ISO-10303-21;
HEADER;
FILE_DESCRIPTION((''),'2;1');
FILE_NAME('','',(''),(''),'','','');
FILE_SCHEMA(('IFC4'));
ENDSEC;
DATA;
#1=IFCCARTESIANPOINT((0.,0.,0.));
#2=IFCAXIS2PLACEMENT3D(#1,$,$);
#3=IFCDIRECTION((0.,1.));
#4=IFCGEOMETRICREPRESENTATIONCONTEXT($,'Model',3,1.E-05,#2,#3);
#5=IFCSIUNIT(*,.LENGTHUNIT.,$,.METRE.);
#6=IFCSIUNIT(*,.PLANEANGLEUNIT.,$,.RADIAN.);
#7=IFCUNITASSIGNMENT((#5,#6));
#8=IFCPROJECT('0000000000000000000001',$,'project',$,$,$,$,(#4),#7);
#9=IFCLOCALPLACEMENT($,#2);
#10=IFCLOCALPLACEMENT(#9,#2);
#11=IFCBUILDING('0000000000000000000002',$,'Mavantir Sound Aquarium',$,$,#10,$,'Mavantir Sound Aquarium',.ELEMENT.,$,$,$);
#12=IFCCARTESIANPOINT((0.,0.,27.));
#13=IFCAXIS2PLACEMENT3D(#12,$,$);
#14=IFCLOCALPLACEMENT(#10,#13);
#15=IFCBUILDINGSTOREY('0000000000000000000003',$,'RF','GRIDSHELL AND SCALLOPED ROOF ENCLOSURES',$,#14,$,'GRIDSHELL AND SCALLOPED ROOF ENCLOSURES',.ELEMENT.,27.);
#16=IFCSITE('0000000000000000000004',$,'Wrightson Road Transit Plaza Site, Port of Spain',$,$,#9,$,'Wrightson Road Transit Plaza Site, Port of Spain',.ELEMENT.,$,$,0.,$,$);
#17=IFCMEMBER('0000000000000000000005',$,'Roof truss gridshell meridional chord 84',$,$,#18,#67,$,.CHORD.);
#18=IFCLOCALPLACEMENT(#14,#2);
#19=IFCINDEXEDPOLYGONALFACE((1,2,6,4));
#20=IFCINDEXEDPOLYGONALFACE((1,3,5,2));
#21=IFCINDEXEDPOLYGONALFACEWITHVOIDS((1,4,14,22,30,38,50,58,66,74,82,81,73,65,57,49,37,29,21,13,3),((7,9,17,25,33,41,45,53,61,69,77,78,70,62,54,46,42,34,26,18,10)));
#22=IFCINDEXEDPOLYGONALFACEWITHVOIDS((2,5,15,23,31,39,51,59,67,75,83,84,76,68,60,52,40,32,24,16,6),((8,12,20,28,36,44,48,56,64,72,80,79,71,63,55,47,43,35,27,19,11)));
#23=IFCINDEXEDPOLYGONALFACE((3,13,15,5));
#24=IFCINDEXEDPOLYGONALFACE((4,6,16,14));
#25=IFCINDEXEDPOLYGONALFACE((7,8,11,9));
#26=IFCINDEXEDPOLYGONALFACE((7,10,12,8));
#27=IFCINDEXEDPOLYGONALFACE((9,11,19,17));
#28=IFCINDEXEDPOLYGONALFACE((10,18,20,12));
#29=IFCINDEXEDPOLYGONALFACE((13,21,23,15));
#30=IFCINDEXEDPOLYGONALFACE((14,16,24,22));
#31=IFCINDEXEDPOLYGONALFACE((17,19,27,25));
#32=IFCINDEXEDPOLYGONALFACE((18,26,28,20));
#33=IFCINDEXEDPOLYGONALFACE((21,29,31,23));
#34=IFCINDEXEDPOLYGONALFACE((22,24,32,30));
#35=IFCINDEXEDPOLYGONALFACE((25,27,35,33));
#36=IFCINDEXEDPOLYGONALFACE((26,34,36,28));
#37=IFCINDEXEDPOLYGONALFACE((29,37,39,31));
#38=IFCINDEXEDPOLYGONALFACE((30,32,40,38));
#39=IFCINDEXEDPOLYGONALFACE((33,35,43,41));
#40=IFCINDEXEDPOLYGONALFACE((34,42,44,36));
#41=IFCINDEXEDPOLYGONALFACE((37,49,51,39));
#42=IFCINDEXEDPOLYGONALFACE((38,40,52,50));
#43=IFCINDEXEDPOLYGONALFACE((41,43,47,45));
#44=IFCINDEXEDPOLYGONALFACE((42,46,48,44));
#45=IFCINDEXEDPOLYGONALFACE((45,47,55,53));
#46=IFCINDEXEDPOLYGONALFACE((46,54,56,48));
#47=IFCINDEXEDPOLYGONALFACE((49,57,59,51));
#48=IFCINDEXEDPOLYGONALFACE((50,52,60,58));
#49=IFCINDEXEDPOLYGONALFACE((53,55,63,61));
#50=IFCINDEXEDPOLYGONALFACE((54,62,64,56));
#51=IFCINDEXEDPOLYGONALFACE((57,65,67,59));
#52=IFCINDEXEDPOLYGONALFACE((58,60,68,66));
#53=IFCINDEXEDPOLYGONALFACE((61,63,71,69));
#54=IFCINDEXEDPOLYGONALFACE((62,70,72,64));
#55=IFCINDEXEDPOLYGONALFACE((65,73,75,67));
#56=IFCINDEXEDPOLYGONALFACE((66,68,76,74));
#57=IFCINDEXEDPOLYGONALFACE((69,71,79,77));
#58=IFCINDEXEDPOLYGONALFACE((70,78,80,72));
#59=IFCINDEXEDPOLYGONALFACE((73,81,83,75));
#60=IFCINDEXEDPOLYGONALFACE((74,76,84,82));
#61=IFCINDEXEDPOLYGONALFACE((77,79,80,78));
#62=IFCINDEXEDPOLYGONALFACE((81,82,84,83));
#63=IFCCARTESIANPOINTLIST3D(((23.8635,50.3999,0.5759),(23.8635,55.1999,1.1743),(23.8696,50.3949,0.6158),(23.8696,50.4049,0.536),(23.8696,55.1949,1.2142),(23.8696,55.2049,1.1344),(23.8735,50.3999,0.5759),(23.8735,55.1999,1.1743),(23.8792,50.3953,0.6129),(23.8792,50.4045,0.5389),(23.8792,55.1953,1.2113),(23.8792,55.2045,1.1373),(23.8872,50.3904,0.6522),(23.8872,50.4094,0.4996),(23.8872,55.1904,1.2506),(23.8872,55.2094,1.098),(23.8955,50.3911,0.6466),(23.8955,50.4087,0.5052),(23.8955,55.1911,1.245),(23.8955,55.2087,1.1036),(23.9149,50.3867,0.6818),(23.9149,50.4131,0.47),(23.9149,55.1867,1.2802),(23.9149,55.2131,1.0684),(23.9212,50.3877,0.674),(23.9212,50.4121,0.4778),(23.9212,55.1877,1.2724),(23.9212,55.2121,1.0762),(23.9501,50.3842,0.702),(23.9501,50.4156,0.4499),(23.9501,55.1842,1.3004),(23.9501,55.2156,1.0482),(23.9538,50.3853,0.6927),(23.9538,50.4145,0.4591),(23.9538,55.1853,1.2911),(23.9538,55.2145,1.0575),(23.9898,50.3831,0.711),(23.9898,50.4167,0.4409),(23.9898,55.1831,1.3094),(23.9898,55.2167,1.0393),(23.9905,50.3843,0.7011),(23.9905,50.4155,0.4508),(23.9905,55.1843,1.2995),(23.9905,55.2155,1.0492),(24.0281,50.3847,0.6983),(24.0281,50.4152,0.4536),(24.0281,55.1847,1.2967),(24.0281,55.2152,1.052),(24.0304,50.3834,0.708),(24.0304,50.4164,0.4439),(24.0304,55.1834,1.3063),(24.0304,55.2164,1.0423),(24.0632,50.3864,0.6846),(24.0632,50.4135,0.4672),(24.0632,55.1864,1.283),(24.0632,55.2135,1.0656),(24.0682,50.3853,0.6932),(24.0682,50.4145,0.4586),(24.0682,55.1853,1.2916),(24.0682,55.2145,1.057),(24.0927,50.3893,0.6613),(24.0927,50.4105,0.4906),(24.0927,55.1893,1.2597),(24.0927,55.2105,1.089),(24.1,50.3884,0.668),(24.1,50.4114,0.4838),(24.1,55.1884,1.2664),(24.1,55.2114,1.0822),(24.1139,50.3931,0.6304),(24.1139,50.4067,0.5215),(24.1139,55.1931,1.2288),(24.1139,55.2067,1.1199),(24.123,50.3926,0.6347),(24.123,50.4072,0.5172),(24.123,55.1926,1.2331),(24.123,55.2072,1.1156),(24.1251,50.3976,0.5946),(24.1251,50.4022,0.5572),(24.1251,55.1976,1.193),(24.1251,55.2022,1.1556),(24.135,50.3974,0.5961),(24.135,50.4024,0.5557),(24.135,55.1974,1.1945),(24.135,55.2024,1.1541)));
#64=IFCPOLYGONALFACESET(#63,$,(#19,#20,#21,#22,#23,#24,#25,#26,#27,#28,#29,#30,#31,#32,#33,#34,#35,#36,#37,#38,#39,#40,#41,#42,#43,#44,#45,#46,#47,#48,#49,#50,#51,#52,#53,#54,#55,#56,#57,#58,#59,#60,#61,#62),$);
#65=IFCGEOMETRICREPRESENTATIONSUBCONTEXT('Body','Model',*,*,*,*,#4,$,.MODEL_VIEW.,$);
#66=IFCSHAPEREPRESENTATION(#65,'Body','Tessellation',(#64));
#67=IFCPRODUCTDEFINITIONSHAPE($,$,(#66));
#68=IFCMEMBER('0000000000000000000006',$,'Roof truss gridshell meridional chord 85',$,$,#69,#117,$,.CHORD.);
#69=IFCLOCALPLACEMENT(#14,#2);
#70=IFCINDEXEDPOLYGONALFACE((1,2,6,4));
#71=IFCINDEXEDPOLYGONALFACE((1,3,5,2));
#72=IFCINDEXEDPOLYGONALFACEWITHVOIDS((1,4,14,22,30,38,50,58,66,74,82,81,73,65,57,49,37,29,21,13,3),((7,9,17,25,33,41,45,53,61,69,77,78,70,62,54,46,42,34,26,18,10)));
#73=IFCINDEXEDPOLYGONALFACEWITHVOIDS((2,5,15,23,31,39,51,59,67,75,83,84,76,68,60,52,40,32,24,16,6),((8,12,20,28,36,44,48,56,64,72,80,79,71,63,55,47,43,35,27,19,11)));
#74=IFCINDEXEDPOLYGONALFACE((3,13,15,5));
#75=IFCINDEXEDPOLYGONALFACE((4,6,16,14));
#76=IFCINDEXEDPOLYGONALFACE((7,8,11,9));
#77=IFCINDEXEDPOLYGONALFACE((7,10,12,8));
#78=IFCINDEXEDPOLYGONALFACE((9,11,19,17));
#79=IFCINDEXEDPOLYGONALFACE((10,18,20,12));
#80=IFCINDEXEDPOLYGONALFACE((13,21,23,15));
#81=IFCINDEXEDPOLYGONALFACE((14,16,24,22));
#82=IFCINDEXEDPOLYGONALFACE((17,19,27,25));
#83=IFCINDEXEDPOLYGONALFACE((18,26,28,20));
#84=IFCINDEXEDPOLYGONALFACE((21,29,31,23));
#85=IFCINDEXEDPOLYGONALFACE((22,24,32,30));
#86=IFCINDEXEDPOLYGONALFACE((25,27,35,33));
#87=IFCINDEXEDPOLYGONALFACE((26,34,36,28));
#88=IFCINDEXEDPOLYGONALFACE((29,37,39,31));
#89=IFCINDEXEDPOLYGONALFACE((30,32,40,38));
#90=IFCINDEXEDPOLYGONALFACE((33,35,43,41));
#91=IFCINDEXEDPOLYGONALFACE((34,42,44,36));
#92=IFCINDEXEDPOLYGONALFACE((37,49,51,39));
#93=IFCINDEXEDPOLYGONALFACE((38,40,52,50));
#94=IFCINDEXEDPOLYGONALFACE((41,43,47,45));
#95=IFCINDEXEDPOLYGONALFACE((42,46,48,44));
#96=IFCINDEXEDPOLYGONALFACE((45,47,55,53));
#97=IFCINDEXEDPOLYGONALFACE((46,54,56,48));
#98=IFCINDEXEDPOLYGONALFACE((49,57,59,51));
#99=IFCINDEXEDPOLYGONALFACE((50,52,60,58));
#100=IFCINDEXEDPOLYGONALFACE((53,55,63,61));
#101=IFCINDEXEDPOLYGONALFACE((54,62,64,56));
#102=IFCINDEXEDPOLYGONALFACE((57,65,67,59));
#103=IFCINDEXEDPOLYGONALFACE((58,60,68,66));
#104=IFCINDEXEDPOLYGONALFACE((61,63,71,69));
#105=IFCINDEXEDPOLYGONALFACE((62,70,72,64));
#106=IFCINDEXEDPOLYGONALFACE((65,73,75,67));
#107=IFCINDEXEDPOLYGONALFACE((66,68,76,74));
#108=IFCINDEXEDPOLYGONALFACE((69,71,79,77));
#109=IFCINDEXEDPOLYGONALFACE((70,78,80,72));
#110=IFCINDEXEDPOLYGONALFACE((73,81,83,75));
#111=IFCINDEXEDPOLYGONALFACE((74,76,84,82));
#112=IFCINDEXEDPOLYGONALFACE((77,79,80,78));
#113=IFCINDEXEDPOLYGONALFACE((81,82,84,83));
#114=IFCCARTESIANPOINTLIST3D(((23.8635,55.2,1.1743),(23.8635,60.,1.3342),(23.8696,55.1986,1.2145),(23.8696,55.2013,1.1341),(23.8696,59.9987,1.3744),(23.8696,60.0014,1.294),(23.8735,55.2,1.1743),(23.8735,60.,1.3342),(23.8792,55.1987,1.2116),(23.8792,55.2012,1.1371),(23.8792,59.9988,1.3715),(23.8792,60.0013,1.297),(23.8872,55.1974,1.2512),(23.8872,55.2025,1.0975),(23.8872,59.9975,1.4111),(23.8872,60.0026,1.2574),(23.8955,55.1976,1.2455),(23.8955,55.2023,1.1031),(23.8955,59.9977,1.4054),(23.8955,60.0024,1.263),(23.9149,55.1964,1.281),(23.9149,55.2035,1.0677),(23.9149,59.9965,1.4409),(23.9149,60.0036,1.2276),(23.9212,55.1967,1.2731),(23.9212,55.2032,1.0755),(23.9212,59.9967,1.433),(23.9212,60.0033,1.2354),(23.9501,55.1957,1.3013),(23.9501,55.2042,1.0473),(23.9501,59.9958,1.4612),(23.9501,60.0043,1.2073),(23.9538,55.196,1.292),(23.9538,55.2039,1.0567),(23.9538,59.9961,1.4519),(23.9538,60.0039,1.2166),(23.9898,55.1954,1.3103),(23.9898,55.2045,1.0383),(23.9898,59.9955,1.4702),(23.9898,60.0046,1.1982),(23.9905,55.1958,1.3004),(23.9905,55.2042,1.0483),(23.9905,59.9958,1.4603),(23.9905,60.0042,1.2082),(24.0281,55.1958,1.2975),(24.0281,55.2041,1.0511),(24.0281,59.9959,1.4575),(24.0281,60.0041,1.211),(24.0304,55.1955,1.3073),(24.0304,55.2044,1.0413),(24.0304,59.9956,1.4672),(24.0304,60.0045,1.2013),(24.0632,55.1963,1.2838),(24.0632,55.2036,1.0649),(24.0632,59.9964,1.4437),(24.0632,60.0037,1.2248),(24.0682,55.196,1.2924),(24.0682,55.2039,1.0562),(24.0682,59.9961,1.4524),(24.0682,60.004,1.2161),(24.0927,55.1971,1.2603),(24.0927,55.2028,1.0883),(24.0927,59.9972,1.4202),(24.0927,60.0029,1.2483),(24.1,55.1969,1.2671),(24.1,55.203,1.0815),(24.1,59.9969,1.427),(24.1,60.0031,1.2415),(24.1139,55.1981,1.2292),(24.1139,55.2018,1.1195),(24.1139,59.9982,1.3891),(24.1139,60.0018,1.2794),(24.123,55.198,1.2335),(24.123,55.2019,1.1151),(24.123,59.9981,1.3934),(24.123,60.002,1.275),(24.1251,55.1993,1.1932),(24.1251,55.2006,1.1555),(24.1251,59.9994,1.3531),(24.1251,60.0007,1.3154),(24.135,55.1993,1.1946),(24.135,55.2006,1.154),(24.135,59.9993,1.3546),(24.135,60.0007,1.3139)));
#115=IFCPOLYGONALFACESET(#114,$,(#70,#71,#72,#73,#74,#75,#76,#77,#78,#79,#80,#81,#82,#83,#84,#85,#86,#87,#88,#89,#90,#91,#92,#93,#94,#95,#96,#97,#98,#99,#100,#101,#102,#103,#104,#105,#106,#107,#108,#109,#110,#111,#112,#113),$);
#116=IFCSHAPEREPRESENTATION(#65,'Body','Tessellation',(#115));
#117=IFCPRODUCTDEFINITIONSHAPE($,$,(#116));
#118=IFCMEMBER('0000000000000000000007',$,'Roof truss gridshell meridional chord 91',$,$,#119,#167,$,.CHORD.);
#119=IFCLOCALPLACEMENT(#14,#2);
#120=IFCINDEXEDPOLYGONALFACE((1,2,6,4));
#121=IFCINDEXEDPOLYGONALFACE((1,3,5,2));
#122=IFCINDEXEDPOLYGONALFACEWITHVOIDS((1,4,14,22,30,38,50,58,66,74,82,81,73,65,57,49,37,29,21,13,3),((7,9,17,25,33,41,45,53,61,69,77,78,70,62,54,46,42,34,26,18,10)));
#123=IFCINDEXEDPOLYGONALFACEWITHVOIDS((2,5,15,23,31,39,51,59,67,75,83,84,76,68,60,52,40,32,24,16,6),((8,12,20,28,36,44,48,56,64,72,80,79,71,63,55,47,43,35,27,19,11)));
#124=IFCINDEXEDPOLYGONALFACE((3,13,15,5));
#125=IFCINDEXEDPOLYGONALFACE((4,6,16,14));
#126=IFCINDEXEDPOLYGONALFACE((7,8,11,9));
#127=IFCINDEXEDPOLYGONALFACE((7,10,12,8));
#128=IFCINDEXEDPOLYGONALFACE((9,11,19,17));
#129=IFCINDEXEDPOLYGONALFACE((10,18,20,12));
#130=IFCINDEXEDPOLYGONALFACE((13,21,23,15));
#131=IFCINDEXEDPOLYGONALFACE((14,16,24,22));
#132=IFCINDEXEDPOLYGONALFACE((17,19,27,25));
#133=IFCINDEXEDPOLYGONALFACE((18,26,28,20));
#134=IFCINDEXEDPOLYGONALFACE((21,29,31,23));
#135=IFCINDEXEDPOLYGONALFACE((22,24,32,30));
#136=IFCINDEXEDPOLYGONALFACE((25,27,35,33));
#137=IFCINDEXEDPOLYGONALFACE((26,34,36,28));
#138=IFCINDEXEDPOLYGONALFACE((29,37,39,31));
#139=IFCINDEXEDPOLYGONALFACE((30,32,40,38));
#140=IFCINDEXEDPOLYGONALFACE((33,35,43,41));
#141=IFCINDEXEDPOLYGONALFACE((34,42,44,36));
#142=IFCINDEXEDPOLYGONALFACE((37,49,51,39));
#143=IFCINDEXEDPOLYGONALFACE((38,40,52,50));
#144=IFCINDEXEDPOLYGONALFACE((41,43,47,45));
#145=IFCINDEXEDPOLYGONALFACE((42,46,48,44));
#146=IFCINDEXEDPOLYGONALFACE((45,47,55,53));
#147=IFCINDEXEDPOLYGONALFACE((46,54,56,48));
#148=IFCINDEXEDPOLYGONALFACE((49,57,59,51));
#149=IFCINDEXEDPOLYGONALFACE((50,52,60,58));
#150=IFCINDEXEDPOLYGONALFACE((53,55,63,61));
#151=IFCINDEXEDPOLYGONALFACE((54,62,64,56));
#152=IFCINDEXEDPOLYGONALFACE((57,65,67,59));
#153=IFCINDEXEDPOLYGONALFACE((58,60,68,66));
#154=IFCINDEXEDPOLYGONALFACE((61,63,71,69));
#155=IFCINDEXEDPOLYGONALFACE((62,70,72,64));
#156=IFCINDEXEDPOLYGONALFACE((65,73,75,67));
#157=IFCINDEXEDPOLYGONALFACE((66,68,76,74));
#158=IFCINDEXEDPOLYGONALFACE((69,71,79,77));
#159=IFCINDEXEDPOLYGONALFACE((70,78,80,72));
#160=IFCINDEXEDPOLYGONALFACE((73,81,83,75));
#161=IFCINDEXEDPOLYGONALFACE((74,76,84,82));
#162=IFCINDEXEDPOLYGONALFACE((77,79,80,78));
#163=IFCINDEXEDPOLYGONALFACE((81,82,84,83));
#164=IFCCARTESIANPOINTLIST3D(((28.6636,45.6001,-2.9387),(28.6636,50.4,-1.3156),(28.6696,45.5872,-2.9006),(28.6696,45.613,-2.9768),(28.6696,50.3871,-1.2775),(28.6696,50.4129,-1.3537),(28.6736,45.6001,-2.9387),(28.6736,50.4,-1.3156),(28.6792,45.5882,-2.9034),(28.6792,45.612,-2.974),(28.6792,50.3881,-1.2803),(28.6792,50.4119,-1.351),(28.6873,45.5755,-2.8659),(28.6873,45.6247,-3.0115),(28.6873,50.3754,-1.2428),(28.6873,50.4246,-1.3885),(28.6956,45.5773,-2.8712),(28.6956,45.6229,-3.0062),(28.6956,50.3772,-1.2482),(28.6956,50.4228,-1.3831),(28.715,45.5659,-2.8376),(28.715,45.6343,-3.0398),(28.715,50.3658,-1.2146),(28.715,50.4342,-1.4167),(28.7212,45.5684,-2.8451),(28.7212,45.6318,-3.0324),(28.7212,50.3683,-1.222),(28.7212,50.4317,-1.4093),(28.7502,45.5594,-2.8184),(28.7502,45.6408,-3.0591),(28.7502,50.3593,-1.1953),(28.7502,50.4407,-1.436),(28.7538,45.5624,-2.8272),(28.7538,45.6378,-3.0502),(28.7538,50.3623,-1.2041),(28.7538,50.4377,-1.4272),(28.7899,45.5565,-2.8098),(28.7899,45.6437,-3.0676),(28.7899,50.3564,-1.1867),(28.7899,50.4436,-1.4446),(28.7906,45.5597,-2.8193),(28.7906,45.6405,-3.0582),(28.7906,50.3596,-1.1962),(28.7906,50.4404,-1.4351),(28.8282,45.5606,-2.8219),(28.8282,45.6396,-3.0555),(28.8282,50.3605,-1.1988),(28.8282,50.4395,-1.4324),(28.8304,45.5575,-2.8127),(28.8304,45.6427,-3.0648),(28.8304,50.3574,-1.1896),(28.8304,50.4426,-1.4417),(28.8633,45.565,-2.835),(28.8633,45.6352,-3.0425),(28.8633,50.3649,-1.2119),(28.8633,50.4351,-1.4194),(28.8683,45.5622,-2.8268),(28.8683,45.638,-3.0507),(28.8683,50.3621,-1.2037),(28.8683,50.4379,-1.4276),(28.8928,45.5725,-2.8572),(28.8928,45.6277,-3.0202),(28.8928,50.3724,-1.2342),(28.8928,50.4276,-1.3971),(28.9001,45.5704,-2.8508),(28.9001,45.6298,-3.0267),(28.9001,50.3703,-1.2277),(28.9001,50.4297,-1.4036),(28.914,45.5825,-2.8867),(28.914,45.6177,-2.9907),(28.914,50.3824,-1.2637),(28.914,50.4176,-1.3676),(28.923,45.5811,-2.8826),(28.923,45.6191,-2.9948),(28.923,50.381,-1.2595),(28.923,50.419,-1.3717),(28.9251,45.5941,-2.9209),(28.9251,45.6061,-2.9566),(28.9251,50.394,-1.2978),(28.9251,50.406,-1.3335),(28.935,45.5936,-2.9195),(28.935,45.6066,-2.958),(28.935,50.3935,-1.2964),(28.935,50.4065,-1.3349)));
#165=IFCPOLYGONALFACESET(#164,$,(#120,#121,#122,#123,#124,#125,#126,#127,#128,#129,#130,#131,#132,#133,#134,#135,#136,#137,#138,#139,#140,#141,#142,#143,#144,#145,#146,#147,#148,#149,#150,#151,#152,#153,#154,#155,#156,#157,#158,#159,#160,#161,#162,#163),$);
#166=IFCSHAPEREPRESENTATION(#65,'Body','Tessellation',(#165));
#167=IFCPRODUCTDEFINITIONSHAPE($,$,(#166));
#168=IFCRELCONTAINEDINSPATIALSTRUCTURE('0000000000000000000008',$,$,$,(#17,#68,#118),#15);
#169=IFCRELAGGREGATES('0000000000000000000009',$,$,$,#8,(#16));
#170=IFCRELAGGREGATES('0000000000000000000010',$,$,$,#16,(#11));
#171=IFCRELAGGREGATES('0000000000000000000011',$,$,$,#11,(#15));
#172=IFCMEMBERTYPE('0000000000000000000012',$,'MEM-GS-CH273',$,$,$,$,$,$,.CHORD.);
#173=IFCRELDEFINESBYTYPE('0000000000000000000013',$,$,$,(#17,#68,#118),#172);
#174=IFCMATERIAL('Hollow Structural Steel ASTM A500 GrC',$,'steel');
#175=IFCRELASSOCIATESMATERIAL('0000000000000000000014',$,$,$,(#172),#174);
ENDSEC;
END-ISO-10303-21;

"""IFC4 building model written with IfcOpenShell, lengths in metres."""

from ifc_helpers import new_model, si_unit, direction, frame, origin, origin_2d, place, context, subcontext, project, spatial, hollow_circle, extrude, material, material_profile, profile_set, type_object, element, save


model = new_model("IFC4")

# Units and contexts
model_context = context("Model", 3, precision=1e-05, world=origin(), true_north=direction((0.0, 1.0)))
body_context = subcontext(model_context, "Body", "Model", "MODEL_VIEW")
ifc_project = project(units=[si_unit("LENGTHUNIT", "METRE"), si_unit("PLANEANGLEUNIT", "RADIAN")], contexts=[model_context])

# Site, building, storey
site_placement = place(None, origin())
site = spatial("IfcSite", under=ifc_project, at=site_placement, Name="Wrightson Road Transit Plaza Site, Port of Spain", LongName="Wrightson Road Transit Plaza Site, Port of Spain", CompositionType="ELEMENT", RefElevation=0.0)
building_placement = place(site_placement, origin())
building = spatial("IfcBuilding", under=site, at=building_placement, Name="Mavantir Sound Aquarium", LongName="Mavantir Sound Aquarium", CompositionType="ELEMENT")
storey_placement = place(building_placement, frame((0.0, 0.0, 27.0)))
storey = spatial("IfcBuildingStorey", under=building, at=storey_placement, Name="RF", Description="GRIDSHELL AND SCALLOPED ROOF ENCLOSURES", LongName="GRIDSHELL AND SCALLOPED ROOF ENCLOSURES", CompositionType="ELEMENT", Elevation=27.0)

# Members
ifc_material_1 = material(Name="Hollow Structural Steel ASTM A500 GrC", Category="steel")
ifc_material_profile_1 = material_profile(ifc_material_1, hollow_circle(Radius=0.1365, WallThickness=0.01, at=origin_2d()), Name="CHS 273X10")
ifc_profile_set_1 = profile_set([ifc_material_profile_1], Name="Hollow Structural Steel ASTM A500 GrC")
member_type_1 = type_object("IfcMemberType", Name="MEM-GS-CH273", PredefinedType="CHORD", material=ifc_profile_set_1)
member_1_placement = place(storey_placement, frame((24.0, 50.3999, 0.5759), z_axis=(0.0, 0.992319, 0.123705), x_axis=(-1.0, 0.0, 0.0)))
element("IfcMember", 1, at=member_1_placement, inside=storey, type_object=member_type_1, Name="Roof truss gridshell meridional chord 84", PredefinedType="CHORD", context=body_context, shape_type="SweptSolid", body=[
    extrude(hollow_circle(Radius=0.1365, WallThickness=0.01, at=origin_2d()), origin(), (0.0, 0.0, 1.0), 4.8372),
])
member_2_placement = place(storey_placement, frame((24.0, 55.2, 1.1743), z_axis=(0.0, 0.999446, 0.033296), x_axis=(-1.0, 0.0, 0.0)))
element("IfcMember", 2, at=member_2_placement, inside=storey, type_object=member_type_1, Name="Roof truss gridshell meridional chord 85", PredefinedType="CHORD", context=body_context, shape_type="SweptSolid", body=[
    extrude(hollow_circle(Radius=0.1365, WallThickness=0.01, at=origin_2d()), origin(), (0.0, 0.0, 1.0), 4.8027),
])
member_3_placement = place(storey_placement, frame((28.8, 45.6001, -2.9387), z_axis=(0.0, 0.947306, 0.32033), x_axis=(-1.0, 0.0, 0.0)))
element("IfcMember", 3, at=member_3_placement, inside=storey, type_object=member_type_1, Name="Roof truss gridshell meridional chord 91", PredefinedType="CHORD", context=body_context, shape_type="SweptSolid", body=[
    extrude(hollow_circle(Radius=0.1365, WallThickness=0.01, at=origin_2d()), origin(), (0.0, 0.0, 1.0), 5.0669),
])

save(model, "model.ifc")
